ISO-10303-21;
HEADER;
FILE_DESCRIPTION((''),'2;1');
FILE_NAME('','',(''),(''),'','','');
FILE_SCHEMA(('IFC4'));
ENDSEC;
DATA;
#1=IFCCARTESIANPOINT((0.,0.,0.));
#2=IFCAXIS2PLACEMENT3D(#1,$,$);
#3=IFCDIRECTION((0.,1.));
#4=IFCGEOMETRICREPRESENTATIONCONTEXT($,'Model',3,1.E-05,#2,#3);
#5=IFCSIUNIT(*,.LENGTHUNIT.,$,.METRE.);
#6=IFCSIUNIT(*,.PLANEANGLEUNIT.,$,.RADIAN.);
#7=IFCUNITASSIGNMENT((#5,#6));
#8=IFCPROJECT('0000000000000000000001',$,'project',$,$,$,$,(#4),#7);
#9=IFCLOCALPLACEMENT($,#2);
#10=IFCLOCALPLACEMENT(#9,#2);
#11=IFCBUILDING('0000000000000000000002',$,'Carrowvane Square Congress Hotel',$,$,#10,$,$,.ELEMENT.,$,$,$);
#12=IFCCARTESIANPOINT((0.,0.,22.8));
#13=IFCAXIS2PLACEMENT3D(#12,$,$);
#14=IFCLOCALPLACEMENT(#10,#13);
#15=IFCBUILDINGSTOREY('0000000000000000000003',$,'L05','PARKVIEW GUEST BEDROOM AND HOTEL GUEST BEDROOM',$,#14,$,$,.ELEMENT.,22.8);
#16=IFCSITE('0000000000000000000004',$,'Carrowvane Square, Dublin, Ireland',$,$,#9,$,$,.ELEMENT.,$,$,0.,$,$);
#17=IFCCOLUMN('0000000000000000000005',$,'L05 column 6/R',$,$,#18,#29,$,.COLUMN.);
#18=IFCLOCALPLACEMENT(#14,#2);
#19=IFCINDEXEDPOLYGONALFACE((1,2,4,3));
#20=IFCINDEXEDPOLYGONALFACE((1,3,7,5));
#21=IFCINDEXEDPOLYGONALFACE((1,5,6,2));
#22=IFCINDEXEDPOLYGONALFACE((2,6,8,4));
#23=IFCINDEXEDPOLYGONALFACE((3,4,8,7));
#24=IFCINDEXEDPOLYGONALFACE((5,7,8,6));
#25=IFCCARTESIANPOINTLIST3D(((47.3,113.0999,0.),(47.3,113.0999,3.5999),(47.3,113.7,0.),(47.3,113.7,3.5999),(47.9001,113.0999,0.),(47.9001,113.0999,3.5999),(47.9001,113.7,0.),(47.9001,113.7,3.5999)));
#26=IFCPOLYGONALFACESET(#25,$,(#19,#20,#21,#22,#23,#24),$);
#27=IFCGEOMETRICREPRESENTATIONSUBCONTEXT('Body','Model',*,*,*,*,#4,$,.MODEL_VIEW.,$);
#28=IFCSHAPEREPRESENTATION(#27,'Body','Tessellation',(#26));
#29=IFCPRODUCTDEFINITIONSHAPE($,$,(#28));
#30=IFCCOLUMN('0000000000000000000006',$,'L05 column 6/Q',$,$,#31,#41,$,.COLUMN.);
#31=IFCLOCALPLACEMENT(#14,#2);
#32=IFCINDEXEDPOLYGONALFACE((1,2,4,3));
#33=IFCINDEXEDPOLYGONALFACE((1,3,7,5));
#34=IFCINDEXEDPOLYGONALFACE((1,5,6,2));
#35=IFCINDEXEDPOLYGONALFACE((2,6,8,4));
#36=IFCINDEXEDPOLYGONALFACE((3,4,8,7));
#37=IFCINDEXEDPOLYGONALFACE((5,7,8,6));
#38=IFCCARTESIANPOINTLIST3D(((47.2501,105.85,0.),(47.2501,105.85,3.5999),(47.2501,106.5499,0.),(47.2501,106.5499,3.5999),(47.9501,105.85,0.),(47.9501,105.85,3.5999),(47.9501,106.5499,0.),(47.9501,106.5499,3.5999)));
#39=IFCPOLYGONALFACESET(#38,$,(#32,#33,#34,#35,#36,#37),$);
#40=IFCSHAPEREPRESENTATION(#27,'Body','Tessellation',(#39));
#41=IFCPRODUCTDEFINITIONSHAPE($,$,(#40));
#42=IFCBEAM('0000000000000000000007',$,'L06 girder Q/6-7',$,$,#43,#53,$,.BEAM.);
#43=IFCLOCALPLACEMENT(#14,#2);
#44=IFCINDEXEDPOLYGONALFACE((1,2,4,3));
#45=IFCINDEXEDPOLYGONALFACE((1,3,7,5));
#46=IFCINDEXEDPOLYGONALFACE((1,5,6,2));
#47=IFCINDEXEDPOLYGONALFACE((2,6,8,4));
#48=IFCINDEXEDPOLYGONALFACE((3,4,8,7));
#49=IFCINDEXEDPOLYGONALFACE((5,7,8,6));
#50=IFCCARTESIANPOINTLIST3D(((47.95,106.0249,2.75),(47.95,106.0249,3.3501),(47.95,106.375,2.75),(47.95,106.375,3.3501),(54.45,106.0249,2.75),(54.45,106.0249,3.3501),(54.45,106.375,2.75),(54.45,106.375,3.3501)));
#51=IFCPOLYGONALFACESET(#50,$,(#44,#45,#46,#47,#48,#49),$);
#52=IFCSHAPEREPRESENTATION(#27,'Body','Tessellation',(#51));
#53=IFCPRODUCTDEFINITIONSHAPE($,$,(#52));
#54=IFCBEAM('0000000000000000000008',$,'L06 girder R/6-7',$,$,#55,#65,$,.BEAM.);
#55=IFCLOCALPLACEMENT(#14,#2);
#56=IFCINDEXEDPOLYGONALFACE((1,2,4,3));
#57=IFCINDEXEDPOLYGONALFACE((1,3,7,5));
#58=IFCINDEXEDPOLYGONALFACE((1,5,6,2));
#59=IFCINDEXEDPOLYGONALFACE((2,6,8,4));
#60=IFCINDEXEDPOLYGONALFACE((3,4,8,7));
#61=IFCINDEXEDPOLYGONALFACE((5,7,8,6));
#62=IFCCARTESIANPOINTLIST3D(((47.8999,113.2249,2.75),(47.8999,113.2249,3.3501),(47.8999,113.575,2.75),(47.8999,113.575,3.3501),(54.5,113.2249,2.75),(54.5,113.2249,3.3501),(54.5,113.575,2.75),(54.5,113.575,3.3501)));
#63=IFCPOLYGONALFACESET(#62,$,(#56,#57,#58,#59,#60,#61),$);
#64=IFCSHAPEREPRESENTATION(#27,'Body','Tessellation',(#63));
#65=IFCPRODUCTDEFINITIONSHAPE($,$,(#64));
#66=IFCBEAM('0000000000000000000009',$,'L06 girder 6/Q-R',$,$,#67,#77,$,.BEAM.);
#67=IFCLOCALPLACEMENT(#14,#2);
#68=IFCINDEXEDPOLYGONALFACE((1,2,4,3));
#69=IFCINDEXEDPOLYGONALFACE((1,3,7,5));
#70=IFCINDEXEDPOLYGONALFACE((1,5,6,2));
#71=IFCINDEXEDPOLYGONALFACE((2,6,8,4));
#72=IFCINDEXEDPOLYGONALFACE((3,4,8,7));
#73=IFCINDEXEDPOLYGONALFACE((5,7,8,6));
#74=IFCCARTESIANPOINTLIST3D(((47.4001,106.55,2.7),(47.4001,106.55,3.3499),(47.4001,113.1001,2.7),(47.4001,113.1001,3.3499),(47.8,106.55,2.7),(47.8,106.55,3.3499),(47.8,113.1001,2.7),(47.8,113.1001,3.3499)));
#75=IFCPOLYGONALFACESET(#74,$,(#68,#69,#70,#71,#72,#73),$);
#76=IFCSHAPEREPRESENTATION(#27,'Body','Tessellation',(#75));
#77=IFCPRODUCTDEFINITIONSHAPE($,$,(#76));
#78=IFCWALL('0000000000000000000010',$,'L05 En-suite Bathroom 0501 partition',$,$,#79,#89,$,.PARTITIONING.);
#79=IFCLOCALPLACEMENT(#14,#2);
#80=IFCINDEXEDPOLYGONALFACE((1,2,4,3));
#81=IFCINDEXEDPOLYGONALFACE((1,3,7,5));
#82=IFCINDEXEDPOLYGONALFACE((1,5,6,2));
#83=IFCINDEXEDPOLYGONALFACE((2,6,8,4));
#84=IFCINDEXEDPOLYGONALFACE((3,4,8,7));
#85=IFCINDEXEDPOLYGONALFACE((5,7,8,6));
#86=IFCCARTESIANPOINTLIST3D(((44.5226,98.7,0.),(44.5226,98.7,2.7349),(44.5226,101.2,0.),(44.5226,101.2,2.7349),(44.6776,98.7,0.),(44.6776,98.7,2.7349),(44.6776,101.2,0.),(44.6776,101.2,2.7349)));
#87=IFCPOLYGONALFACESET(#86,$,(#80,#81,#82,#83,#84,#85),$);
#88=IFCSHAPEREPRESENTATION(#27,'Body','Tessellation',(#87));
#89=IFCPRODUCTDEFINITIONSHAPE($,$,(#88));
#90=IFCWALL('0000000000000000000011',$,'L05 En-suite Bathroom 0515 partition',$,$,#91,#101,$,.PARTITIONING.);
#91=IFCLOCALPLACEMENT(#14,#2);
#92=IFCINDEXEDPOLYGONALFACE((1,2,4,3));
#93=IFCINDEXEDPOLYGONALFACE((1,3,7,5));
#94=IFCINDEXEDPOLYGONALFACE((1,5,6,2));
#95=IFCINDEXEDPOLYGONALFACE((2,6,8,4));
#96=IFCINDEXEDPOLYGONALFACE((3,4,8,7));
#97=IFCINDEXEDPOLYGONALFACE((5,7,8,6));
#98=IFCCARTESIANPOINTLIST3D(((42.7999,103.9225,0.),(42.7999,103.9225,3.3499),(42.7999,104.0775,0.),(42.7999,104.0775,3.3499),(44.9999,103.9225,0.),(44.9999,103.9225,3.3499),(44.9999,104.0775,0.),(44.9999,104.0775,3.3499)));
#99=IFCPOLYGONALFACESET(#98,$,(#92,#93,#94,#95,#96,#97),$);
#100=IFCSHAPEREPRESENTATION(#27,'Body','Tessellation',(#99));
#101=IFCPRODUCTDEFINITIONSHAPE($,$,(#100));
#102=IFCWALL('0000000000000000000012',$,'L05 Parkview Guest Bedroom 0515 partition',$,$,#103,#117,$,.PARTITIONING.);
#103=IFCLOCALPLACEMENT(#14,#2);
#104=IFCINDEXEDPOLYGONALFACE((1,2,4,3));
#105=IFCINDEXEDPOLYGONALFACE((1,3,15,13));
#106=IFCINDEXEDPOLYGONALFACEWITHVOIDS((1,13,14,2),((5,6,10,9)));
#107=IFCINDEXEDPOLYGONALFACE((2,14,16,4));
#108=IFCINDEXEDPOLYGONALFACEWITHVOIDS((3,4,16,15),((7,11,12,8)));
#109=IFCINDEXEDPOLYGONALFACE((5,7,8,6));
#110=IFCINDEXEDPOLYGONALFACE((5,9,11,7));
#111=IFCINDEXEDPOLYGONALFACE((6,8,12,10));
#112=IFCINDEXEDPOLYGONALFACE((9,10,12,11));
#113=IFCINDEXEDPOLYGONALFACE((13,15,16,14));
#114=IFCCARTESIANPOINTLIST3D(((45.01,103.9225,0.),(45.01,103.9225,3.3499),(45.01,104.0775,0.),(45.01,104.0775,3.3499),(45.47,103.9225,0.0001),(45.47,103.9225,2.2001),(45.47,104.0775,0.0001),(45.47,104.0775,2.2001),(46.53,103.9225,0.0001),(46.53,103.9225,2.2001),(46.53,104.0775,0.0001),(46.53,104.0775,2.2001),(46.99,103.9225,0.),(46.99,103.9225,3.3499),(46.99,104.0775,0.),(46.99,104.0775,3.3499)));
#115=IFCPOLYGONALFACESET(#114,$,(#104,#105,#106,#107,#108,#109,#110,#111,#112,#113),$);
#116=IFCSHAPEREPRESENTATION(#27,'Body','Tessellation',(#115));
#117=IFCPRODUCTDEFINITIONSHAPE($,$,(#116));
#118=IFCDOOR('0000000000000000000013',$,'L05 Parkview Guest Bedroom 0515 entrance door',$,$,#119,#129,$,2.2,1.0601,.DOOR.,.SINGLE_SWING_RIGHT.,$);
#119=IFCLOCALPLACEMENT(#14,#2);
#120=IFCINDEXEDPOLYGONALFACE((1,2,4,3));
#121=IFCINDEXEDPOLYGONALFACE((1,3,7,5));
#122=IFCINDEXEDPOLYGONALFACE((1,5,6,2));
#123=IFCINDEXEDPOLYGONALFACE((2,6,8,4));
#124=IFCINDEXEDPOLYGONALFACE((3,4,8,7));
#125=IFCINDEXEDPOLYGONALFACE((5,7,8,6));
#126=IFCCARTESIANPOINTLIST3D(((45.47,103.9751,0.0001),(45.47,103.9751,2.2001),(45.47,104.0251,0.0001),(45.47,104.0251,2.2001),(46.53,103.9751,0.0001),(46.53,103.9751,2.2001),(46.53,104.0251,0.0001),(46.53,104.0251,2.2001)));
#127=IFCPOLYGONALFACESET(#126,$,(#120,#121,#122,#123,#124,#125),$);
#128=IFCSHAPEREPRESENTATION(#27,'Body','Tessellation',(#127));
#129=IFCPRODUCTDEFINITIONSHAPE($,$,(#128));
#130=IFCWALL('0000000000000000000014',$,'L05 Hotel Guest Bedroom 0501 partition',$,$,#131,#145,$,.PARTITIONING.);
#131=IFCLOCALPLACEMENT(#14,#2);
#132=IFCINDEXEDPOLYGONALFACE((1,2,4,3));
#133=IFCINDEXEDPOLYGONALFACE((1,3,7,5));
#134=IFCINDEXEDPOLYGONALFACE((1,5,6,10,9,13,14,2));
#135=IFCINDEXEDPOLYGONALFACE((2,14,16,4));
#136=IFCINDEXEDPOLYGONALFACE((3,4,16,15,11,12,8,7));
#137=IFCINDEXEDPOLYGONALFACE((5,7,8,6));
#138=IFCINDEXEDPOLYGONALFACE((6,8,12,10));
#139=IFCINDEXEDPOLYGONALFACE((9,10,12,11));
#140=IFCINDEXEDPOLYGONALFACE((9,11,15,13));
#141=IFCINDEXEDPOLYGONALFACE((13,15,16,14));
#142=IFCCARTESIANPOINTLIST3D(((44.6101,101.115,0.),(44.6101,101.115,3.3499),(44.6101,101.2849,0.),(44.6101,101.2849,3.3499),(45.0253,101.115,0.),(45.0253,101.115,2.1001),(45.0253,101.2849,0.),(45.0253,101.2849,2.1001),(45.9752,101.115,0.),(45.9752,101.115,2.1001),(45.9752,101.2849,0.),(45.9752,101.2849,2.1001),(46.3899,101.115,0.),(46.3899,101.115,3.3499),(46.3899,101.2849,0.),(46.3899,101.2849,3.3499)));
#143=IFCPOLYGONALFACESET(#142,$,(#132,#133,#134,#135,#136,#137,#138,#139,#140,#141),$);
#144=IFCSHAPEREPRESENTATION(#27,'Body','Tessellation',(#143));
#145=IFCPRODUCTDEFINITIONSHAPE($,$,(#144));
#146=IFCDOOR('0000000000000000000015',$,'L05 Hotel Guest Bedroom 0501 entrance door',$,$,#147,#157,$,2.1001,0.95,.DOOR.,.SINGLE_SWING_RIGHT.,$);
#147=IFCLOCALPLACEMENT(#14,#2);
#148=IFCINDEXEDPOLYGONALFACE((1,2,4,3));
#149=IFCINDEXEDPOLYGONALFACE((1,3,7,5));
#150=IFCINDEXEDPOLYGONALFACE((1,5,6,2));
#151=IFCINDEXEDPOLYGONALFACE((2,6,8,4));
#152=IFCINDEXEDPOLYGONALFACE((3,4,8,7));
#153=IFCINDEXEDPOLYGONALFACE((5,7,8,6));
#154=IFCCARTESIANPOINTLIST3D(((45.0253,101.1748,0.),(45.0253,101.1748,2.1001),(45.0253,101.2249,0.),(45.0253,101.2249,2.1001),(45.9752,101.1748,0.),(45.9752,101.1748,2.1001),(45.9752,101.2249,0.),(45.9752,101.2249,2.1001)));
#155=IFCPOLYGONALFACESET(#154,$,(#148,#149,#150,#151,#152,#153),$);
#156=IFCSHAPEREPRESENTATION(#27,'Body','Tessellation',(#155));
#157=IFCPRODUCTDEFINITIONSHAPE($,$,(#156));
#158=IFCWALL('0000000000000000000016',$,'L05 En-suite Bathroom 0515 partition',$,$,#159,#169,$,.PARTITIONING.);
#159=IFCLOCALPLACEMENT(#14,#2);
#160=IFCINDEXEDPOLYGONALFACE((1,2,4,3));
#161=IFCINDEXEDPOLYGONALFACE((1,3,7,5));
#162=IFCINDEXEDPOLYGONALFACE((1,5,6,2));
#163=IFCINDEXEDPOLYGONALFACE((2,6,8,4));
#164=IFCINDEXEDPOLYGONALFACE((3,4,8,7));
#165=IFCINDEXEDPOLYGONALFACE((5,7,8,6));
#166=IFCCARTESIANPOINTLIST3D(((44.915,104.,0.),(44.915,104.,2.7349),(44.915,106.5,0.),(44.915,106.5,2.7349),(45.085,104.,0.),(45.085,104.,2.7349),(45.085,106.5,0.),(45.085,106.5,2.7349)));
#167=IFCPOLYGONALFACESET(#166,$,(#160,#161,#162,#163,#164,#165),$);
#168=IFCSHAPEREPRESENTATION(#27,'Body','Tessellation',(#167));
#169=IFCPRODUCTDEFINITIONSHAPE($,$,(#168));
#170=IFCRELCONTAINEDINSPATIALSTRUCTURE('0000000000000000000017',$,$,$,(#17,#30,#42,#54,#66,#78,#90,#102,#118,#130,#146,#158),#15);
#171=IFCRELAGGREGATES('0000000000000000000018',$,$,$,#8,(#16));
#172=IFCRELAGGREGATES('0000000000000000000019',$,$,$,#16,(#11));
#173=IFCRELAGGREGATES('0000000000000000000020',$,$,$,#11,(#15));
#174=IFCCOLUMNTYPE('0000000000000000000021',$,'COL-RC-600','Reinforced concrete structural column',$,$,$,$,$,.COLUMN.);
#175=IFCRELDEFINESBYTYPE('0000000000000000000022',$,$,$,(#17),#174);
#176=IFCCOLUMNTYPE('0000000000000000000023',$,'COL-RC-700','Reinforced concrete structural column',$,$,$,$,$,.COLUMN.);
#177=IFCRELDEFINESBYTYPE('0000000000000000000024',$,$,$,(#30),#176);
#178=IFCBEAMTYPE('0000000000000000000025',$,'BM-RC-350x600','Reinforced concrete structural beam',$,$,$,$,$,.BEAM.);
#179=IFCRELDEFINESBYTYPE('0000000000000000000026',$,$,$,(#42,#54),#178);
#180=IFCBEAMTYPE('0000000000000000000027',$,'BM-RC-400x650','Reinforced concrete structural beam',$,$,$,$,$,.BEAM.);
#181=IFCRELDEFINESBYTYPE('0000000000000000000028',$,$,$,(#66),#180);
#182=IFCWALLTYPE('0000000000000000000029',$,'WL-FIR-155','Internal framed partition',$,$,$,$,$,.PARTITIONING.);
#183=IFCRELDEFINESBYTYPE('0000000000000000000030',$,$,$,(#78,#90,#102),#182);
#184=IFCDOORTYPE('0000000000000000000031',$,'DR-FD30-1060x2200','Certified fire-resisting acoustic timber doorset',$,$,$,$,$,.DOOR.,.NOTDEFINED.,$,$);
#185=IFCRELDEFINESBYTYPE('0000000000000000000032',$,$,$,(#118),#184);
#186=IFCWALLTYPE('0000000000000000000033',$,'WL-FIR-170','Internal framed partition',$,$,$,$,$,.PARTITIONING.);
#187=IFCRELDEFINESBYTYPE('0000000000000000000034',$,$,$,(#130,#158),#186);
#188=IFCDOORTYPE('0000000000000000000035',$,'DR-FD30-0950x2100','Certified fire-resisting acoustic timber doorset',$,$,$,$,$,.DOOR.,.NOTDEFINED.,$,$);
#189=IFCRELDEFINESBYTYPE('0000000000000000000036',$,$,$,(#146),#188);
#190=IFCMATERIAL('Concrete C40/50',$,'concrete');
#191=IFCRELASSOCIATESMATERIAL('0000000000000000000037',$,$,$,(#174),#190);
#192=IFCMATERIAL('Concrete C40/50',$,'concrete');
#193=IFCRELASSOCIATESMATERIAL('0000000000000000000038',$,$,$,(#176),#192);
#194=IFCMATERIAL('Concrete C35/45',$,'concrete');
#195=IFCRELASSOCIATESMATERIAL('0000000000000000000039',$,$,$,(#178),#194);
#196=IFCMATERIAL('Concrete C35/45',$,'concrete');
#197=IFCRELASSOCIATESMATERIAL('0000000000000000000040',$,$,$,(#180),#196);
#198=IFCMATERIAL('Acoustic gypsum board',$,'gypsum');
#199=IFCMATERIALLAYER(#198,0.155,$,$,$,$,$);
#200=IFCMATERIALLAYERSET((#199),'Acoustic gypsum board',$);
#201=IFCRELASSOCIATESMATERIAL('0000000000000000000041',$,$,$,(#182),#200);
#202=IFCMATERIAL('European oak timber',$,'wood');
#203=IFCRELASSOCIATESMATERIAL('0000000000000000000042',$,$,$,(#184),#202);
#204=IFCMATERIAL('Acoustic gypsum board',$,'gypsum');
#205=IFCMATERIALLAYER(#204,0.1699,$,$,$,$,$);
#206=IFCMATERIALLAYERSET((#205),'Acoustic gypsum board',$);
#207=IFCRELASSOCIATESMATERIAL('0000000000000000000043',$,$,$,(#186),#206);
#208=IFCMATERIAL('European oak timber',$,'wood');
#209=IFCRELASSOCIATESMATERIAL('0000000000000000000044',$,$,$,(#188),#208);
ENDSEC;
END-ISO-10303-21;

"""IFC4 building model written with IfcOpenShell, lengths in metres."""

from ifc_helpers import new_model, si_unit, direction, frame, frame_2d, origin, origin_2d, place, context, subcontext, project, spatial, rectangle, extrude, material, layer, layer_set, material_profile, profile_set, type_object, element, fill, save


model = new_model("IFC4")

# Units and contexts
model_context = context("Model", 3, precision=1e-05, world=origin(), true_north=direction((0.0, 1.0)))
body_context = subcontext(model_context, "Body", "Model", "MODEL_VIEW")
ifc_project = project(units=[si_unit("LENGTHUNIT", "METRE"), si_unit("PLANEANGLEUNIT", "RADIAN")], contexts=[model_context])

# Site, building, storey
site_placement = place(None, origin())
site = spatial("IfcSite", under=ifc_project, at=site_placement, Name="Carrowvane Square, Dublin, Ireland", CompositionType="ELEMENT", RefElevation=0.0)
building_placement = place(site_placement, origin())
building = spatial("IfcBuilding", under=site, at=building_placement, Name="Carrowvane Square Congress Hotel", CompositionType="ELEMENT")
storey_placement = place(building_placement, frame((0.0, 0.0, 22.8)))
storey = spatial("IfcBuildingStorey", under=building, at=storey_placement, Name="L05", Description="PARKVIEW GUEST BEDROOM AND HOTEL GUEST BEDROOM", CompositionType="ELEMENT", Elevation=22.8)

# Columns
ifc_material_1 = material(Name="Concrete C40/50", Category="concrete")
ifc_material_profile_1 = material_profile(ifc_material_1, rectangle(XDim=0.6001, YDim=0.6001, at=origin_2d()), Name="RC 600x600")
ifc_profile_set_1 = profile_set([ifc_material_profile_1], Name="Concrete C40/50")
column_type_1 = type_object("IfcColumnType", Name="COL-RC-600", Description="Reinforced concrete structural column", PredefinedType="COLUMN", material=ifc_profile_set_1)
column_1_placement = place(storey_placement, frame((47.6001, 113.3999, 0.0), z_axis=(0.0, 0.0, 1.0), x_axis=(1.0, 0.0, 0.0)))
element("IfcColumn", 1, at=column_1_placement, inside=storey, type_object=column_type_1, Name="L05 column 6/R", PredefinedType="COLUMN", context=body_context, shape_type="SweptSolid", body=[
    extrude(rectangle(XDim=0.6001, YDim=0.6001, at=origin_2d()), origin(), (0.0, 0.0, 1.0), 3.5999),
])
ifc_material_2 = material(Name="Concrete C40/50", Category="concrete")
ifc_material_profile_2 = material_profile(ifc_material_2, rectangle(XDim=0.7, YDim=0.7, at=origin_2d()), Name="RC 700x700")
ifc_profile_set_2 = profile_set([ifc_material_profile_2], Name="Concrete C40/50")
column_type_2 = type_object("IfcColumnType", Name="COL-RC-700", Description="Reinforced concrete structural column", PredefinedType="COLUMN", material=ifc_profile_set_2)
column_2_placement = place(storey_placement, frame((47.6001, 106.2, 0.0), z_axis=(0.0, 0.0, 1.0), x_axis=(1.0, 0.0, 0.0)))
element("IfcColumn", 2, at=column_2_placement, inside=storey, type_object=column_type_2, Name="L05 column 6/Q", PredefinedType="COLUMN", context=body_context, shape_type="SweptSolid", body=[
    extrude(rectangle(XDim=0.7, YDim=0.7, at=origin_2d()), origin(), (0.0, 0.0, 1.0), 3.5999),
])

# Beams
ifc_material_3 = material(Name="Concrete C35/45", Category="concrete")
ifc_material_profile_3 = material_profile(ifc_material_3, rectangle(XDim=0.3501, YDim=0.6001, at=origin_2d()), Name="RC 350x600")
ifc_profile_set_3 = profile_set([ifc_material_profile_3], Name="Concrete C35/45")
beam_type_1 = type_object("IfcBeamType", Name="BM-RC-350x600", Description="Reinforced concrete structural beam", PredefinedType="BEAM", material=ifc_profile_set_3)
beam_1_placement = place(storey_placement, frame((47.95, 106.2, 3.05), z_axis=(1.0, 0.0, 0.0), x_axis=(0.0, 1.0, 0.0)))
element("IfcBeam", 3, at=beam_1_placement, inside=storey, type_object=beam_type_1, Name="L06 girder Q/6-7", PredefinedType="BEAM", context=body_context, shape_type="SweptSolid", body=[
    extrude(rectangle(XDim=0.3501, YDim=0.6001, at=origin_2d()), origin(), (0.0, 0.0, 1.0), 6.5),
])
beam_2_placement = place(storey_placement, frame((47.8999, 113.3999, 3.05), z_axis=(1.0, 0.0, 0.0), x_axis=(0.0, 1.0, 0.0)))
element("IfcBeam", 4, at=beam_2_placement, inside=storey, type_object=beam_type_1, Name="L06 girder R/6-7", PredefinedType="BEAM", context=body_context, shape_type="SweptSolid", body=[
    extrude(rectangle(XDim=0.3501, YDim=0.6001, at=origin_2d()), origin(), (0.0, 0.0, 1.0), 6.6001),
])
ifc_material_4 = material(Name="Concrete C35/45", Category="concrete")
ifc_material_profile_4 = material_profile(ifc_material_4, rectangle(XDim=0.3999, YDim=0.6499, at=origin_2d()), Name="RC 400x650")
ifc_profile_set_4 = profile_set([ifc_material_profile_4], Name="Concrete C35/45")
beam_type_2 = type_object("IfcBeamType", Name="BM-RC-400x650", Description="Reinforced concrete structural beam", PredefinedType="BEAM", material=ifc_profile_set_4)
beam_3_placement = place(storey_placement, frame((47.6001, 106.55, 3.0249), z_axis=(0.0, 1.0, 0.0), x_axis=(-1.0, 0.0, 0.0)))
element("IfcBeam", 5, at=beam_3_placement, inside=storey, type_object=beam_type_2, Name="L06 girder 6/Q-R", PredefinedType="BEAM", context=body_context, shape_type="SweptSolid", body=[
    extrude(rectangle(XDim=0.3999, YDim=0.6499, at=origin_2d()), origin(), (0.0, 0.0, 1.0), 6.55),
])

# Walls
ifc_material_5 = material(Name="Acoustic gypsum board", Category="gypsum")
ifc_layer_1 = layer(ifc_material_5, 0.155)
ifc_layer_set_1 = layer_set([ifc_layer_1], Name="Acoustic gypsum board")
wall_type_1 = type_object("IfcWallType", Name="WL-FIR-155", Description="Internal framed partition", PredefinedType="PARTITIONING", material=ifc_layer_set_1)
wall_1_placement = place(storey_placement, frame((44.6001, 101.2, 0.0), z_axis=(0.0, 0.0, 1.0), x_axis=(0.0, -1.0, 0.0)))
element("IfcWall", 6, at=wall_1_placement, inside=storey, type_object=wall_type_1, Name="L05 En-suite Bathroom 0501 partition", PredefinedType="PARTITIONING", context=body_context, shape_type="SweptSolid", body=[
    extrude(rectangle(XDim=2.5, YDim=0.155, at=frame_2d((1.25, 0.0))), origin(), (0.0, 0.0, 1.0), 2.7349),
])
wall_2_placement = place(storey_placement, frame((45.0, 104.0, 0.0), z_axis=(0.0, 0.0, 1.0), x_axis=(-1.0, 0.0, 0.0)))
element("IfcWall", 7, at=wall_2_placement, inside=storey, type_object=wall_type_1, Name="L05 En-suite Bathroom 0515 partition", PredefinedType="PARTITIONING", context=body_context, shape_type="SweptSolid", body=[
    extrude(rectangle(XDim=2.2, YDim=0.155, at=frame_2d((1.1001, 0.0))), origin(), (0.0, 0.0, 1.0), 3.3499),
])

# Walls, openings, doors
wall_3_placement = place(storey_placement, frame((46.99, 104.0, 0.0), z_axis=(0.0, 0.0, 1.0), x_axis=(-1.0, 0.0, 0.0)))
wall_3 = element("IfcWall", 8, at=wall_3_placement, inside=storey, type_object=wall_type_1, Name="L05 Parkview Guest Bedroom 0515 partition", PredefinedType="PARTITIONING", context=body_context, shape_type="SweptSolid", body=[
    extrude(rectangle(XDim=1.98, YDim=0.155, at=frame_2d((0.99, 0.0))), origin(), (0.0, 0.0, 1.0), 3.3499),
])
opening_1_placement = place(wall_3_placement, frame((0.46, 0.0, 0.0)))
opening_1 = element("IfcOpeningElement", 9, at=opening_1_placement, cuts=wall_3, PredefinedType="OPENING", context=body_context, shape_type="SweptSolid", body=[
    extrude(rectangle(XDim=1.0601, YDim=2.2, at=frame_2d((0.53, 1.1001))), frame((0.0, 0.0874, 0.0), z_axis=(0.0, -1.0, 0.0), x_axis=(1.0, 0.0, 0.0)), (0.0, 0.0, 1.0), 0.175),
])
ifc_material_6 = material(Name="European oak timber", Category="wood")
door_type_1 = type_object("IfcDoorType", Name="DR-FD30-1060x2200", Description="Certified fire-resisting acoustic timber doorset", OperationType="NOTDEFINED", PredefinedType="DOOR", material=ifc_material_6)
door_1_placement = place(opening_1_placement, origin())
door_1 = element("IfcDoor", 10, at=door_1_placement, inside=storey, type_object=door_type_1, Name="L05 Parkview Guest Bedroom 0515 entrance door", OperationType="SINGLE_SWING_RIGHT", OverallHeight=2.2, OverallWidth=1.0601, PredefinedType="DOOR", context=body_context, shape_type="SweptSolid", body=[
    extrude(rectangle(XDim=1.0601, YDim=2.2, at=frame_2d((0.53, 1.1001))), frame((0.0, 0.0249, 0.0), z_axis=(0.0, -1.0, 0.0), x_axis=(1.0, 0.0, 0.0)), (0.0, 0.0, 1.0), 0.05),
])
fill(opening_1, door_1)
ifc_material_7 = material(Name="Acoustic gypsum board", Category="gypsum")
ifc_layer_2 = layer(ifc_material_7, 0.1699)
ifc_layer_set_2 = layer_set([ifc_layer_2], Name="Acoustic gypsum board")
wall_type_2 = type_object("IfcWallType", Name="WL-FIR-170", Description="Internal framed partition", PredefinedType="PARTITIONING", material=ifc_layer_set_2)
wall_4_placement = place(storey_placement, frame((44.6101, 101.2, 0.0), z_axis=(0.0, 0.0, 1.0), x_axis=(1.0, 0.0, 0.0)))
wall_4 = element("IfcWall", 11, at=wall_4_placement, inside=storey, type_object=wall_type_2, Name="L05 Hotel Guest Bedroom 0501 partition", PredefinedType="PARTITIONING", context=body_context, shape_type="SweptSolid", body=[
    extrude(rectangle(XDim=1.7798, YDim=0.1699, at=frame_2d((0.8899, 0.0))), origin(), (0.0, 0.0, 1.0), 3.3499),
])
opening_2_placement = place(wall_4_placement, frame((0.415, 0.0, 0.0)))
opening_2 = element("IfcOpeningElement", 12, at=opening_2_placement, cuts=wall_4, PredefinedType="OPENING", context=body_context, shape_type="SweptSolid", body=[
    extrude(rectangle(XDim=0.95, YDim=2.1001, at=frame_2d((0.4751, 1.05))), frame((0.0, 0.095, 0.0), z_axis=(0.0, -1.0, 0.0), x_axis=(1.0, 0.0, 0.0)), (0.0, 0.0, 1.0), 0.1899),
])
ifc_material_8 = material(Name="European oak timber", Category="wood")
door_type_2 = type_object("IfcDoorType", Name="DR-FD30-0950x2100", Description="Certified fire-resisting acoustic timber doorset", OperationType="NOTDEFINED", PredefinedType="DOOR", material=ifc_material_8)
door_2_placement = place(opening_2_placement, origin())
door_2 = element("IfcDoor", 13, at=door_2_placement, inside=storey, type_object=door_type_2, Name="L05 Hotel Guest Bedroom 0501 entrance door", OperationType="SINGLE_SWING_RIGHT", OverallHeight=2.1001, OverallWidth=0.95, PredefinedType="DOOR", context=body_context, shape_type="SweptSolid", body=[
    extrude(rectangle(XDim=0.95, YDim=2.1001, at=frame_2d((0.4751, 1.05))), frame((0.0, 0.0249, 0.0), z_axis=(0.0, -1.0, 0.0), x_axis=(1.0, 0.0, 0.0)), (0.0, 0.0, 1.0), 0.05),
])
fill(opening_2, door_2)

# Wall
wall_5_placement = place(storey_placement, frame((45.0, 106.5, 0.0), z_axis=(0.0, 0.0, 1.0), x_axis=(0.0, -1.0, 0.0)))
element("IfcWall", 14, at=wall_5_placement, inside=storey, type_object=wall_type_2, Name="L05 En-suite Bathroom 0515 partition", PredefinedType="PARTITIONING", context=body_context, shape_type="SweptSolid", body=[
    extrude(rectangle(XDim=2.5, YDim=0.1699, at=frame_2d((1.25, 0.0))), origin(), (0.0, 0.0, 1.0), 2.7349),
])

save(model, "model.ifc")
